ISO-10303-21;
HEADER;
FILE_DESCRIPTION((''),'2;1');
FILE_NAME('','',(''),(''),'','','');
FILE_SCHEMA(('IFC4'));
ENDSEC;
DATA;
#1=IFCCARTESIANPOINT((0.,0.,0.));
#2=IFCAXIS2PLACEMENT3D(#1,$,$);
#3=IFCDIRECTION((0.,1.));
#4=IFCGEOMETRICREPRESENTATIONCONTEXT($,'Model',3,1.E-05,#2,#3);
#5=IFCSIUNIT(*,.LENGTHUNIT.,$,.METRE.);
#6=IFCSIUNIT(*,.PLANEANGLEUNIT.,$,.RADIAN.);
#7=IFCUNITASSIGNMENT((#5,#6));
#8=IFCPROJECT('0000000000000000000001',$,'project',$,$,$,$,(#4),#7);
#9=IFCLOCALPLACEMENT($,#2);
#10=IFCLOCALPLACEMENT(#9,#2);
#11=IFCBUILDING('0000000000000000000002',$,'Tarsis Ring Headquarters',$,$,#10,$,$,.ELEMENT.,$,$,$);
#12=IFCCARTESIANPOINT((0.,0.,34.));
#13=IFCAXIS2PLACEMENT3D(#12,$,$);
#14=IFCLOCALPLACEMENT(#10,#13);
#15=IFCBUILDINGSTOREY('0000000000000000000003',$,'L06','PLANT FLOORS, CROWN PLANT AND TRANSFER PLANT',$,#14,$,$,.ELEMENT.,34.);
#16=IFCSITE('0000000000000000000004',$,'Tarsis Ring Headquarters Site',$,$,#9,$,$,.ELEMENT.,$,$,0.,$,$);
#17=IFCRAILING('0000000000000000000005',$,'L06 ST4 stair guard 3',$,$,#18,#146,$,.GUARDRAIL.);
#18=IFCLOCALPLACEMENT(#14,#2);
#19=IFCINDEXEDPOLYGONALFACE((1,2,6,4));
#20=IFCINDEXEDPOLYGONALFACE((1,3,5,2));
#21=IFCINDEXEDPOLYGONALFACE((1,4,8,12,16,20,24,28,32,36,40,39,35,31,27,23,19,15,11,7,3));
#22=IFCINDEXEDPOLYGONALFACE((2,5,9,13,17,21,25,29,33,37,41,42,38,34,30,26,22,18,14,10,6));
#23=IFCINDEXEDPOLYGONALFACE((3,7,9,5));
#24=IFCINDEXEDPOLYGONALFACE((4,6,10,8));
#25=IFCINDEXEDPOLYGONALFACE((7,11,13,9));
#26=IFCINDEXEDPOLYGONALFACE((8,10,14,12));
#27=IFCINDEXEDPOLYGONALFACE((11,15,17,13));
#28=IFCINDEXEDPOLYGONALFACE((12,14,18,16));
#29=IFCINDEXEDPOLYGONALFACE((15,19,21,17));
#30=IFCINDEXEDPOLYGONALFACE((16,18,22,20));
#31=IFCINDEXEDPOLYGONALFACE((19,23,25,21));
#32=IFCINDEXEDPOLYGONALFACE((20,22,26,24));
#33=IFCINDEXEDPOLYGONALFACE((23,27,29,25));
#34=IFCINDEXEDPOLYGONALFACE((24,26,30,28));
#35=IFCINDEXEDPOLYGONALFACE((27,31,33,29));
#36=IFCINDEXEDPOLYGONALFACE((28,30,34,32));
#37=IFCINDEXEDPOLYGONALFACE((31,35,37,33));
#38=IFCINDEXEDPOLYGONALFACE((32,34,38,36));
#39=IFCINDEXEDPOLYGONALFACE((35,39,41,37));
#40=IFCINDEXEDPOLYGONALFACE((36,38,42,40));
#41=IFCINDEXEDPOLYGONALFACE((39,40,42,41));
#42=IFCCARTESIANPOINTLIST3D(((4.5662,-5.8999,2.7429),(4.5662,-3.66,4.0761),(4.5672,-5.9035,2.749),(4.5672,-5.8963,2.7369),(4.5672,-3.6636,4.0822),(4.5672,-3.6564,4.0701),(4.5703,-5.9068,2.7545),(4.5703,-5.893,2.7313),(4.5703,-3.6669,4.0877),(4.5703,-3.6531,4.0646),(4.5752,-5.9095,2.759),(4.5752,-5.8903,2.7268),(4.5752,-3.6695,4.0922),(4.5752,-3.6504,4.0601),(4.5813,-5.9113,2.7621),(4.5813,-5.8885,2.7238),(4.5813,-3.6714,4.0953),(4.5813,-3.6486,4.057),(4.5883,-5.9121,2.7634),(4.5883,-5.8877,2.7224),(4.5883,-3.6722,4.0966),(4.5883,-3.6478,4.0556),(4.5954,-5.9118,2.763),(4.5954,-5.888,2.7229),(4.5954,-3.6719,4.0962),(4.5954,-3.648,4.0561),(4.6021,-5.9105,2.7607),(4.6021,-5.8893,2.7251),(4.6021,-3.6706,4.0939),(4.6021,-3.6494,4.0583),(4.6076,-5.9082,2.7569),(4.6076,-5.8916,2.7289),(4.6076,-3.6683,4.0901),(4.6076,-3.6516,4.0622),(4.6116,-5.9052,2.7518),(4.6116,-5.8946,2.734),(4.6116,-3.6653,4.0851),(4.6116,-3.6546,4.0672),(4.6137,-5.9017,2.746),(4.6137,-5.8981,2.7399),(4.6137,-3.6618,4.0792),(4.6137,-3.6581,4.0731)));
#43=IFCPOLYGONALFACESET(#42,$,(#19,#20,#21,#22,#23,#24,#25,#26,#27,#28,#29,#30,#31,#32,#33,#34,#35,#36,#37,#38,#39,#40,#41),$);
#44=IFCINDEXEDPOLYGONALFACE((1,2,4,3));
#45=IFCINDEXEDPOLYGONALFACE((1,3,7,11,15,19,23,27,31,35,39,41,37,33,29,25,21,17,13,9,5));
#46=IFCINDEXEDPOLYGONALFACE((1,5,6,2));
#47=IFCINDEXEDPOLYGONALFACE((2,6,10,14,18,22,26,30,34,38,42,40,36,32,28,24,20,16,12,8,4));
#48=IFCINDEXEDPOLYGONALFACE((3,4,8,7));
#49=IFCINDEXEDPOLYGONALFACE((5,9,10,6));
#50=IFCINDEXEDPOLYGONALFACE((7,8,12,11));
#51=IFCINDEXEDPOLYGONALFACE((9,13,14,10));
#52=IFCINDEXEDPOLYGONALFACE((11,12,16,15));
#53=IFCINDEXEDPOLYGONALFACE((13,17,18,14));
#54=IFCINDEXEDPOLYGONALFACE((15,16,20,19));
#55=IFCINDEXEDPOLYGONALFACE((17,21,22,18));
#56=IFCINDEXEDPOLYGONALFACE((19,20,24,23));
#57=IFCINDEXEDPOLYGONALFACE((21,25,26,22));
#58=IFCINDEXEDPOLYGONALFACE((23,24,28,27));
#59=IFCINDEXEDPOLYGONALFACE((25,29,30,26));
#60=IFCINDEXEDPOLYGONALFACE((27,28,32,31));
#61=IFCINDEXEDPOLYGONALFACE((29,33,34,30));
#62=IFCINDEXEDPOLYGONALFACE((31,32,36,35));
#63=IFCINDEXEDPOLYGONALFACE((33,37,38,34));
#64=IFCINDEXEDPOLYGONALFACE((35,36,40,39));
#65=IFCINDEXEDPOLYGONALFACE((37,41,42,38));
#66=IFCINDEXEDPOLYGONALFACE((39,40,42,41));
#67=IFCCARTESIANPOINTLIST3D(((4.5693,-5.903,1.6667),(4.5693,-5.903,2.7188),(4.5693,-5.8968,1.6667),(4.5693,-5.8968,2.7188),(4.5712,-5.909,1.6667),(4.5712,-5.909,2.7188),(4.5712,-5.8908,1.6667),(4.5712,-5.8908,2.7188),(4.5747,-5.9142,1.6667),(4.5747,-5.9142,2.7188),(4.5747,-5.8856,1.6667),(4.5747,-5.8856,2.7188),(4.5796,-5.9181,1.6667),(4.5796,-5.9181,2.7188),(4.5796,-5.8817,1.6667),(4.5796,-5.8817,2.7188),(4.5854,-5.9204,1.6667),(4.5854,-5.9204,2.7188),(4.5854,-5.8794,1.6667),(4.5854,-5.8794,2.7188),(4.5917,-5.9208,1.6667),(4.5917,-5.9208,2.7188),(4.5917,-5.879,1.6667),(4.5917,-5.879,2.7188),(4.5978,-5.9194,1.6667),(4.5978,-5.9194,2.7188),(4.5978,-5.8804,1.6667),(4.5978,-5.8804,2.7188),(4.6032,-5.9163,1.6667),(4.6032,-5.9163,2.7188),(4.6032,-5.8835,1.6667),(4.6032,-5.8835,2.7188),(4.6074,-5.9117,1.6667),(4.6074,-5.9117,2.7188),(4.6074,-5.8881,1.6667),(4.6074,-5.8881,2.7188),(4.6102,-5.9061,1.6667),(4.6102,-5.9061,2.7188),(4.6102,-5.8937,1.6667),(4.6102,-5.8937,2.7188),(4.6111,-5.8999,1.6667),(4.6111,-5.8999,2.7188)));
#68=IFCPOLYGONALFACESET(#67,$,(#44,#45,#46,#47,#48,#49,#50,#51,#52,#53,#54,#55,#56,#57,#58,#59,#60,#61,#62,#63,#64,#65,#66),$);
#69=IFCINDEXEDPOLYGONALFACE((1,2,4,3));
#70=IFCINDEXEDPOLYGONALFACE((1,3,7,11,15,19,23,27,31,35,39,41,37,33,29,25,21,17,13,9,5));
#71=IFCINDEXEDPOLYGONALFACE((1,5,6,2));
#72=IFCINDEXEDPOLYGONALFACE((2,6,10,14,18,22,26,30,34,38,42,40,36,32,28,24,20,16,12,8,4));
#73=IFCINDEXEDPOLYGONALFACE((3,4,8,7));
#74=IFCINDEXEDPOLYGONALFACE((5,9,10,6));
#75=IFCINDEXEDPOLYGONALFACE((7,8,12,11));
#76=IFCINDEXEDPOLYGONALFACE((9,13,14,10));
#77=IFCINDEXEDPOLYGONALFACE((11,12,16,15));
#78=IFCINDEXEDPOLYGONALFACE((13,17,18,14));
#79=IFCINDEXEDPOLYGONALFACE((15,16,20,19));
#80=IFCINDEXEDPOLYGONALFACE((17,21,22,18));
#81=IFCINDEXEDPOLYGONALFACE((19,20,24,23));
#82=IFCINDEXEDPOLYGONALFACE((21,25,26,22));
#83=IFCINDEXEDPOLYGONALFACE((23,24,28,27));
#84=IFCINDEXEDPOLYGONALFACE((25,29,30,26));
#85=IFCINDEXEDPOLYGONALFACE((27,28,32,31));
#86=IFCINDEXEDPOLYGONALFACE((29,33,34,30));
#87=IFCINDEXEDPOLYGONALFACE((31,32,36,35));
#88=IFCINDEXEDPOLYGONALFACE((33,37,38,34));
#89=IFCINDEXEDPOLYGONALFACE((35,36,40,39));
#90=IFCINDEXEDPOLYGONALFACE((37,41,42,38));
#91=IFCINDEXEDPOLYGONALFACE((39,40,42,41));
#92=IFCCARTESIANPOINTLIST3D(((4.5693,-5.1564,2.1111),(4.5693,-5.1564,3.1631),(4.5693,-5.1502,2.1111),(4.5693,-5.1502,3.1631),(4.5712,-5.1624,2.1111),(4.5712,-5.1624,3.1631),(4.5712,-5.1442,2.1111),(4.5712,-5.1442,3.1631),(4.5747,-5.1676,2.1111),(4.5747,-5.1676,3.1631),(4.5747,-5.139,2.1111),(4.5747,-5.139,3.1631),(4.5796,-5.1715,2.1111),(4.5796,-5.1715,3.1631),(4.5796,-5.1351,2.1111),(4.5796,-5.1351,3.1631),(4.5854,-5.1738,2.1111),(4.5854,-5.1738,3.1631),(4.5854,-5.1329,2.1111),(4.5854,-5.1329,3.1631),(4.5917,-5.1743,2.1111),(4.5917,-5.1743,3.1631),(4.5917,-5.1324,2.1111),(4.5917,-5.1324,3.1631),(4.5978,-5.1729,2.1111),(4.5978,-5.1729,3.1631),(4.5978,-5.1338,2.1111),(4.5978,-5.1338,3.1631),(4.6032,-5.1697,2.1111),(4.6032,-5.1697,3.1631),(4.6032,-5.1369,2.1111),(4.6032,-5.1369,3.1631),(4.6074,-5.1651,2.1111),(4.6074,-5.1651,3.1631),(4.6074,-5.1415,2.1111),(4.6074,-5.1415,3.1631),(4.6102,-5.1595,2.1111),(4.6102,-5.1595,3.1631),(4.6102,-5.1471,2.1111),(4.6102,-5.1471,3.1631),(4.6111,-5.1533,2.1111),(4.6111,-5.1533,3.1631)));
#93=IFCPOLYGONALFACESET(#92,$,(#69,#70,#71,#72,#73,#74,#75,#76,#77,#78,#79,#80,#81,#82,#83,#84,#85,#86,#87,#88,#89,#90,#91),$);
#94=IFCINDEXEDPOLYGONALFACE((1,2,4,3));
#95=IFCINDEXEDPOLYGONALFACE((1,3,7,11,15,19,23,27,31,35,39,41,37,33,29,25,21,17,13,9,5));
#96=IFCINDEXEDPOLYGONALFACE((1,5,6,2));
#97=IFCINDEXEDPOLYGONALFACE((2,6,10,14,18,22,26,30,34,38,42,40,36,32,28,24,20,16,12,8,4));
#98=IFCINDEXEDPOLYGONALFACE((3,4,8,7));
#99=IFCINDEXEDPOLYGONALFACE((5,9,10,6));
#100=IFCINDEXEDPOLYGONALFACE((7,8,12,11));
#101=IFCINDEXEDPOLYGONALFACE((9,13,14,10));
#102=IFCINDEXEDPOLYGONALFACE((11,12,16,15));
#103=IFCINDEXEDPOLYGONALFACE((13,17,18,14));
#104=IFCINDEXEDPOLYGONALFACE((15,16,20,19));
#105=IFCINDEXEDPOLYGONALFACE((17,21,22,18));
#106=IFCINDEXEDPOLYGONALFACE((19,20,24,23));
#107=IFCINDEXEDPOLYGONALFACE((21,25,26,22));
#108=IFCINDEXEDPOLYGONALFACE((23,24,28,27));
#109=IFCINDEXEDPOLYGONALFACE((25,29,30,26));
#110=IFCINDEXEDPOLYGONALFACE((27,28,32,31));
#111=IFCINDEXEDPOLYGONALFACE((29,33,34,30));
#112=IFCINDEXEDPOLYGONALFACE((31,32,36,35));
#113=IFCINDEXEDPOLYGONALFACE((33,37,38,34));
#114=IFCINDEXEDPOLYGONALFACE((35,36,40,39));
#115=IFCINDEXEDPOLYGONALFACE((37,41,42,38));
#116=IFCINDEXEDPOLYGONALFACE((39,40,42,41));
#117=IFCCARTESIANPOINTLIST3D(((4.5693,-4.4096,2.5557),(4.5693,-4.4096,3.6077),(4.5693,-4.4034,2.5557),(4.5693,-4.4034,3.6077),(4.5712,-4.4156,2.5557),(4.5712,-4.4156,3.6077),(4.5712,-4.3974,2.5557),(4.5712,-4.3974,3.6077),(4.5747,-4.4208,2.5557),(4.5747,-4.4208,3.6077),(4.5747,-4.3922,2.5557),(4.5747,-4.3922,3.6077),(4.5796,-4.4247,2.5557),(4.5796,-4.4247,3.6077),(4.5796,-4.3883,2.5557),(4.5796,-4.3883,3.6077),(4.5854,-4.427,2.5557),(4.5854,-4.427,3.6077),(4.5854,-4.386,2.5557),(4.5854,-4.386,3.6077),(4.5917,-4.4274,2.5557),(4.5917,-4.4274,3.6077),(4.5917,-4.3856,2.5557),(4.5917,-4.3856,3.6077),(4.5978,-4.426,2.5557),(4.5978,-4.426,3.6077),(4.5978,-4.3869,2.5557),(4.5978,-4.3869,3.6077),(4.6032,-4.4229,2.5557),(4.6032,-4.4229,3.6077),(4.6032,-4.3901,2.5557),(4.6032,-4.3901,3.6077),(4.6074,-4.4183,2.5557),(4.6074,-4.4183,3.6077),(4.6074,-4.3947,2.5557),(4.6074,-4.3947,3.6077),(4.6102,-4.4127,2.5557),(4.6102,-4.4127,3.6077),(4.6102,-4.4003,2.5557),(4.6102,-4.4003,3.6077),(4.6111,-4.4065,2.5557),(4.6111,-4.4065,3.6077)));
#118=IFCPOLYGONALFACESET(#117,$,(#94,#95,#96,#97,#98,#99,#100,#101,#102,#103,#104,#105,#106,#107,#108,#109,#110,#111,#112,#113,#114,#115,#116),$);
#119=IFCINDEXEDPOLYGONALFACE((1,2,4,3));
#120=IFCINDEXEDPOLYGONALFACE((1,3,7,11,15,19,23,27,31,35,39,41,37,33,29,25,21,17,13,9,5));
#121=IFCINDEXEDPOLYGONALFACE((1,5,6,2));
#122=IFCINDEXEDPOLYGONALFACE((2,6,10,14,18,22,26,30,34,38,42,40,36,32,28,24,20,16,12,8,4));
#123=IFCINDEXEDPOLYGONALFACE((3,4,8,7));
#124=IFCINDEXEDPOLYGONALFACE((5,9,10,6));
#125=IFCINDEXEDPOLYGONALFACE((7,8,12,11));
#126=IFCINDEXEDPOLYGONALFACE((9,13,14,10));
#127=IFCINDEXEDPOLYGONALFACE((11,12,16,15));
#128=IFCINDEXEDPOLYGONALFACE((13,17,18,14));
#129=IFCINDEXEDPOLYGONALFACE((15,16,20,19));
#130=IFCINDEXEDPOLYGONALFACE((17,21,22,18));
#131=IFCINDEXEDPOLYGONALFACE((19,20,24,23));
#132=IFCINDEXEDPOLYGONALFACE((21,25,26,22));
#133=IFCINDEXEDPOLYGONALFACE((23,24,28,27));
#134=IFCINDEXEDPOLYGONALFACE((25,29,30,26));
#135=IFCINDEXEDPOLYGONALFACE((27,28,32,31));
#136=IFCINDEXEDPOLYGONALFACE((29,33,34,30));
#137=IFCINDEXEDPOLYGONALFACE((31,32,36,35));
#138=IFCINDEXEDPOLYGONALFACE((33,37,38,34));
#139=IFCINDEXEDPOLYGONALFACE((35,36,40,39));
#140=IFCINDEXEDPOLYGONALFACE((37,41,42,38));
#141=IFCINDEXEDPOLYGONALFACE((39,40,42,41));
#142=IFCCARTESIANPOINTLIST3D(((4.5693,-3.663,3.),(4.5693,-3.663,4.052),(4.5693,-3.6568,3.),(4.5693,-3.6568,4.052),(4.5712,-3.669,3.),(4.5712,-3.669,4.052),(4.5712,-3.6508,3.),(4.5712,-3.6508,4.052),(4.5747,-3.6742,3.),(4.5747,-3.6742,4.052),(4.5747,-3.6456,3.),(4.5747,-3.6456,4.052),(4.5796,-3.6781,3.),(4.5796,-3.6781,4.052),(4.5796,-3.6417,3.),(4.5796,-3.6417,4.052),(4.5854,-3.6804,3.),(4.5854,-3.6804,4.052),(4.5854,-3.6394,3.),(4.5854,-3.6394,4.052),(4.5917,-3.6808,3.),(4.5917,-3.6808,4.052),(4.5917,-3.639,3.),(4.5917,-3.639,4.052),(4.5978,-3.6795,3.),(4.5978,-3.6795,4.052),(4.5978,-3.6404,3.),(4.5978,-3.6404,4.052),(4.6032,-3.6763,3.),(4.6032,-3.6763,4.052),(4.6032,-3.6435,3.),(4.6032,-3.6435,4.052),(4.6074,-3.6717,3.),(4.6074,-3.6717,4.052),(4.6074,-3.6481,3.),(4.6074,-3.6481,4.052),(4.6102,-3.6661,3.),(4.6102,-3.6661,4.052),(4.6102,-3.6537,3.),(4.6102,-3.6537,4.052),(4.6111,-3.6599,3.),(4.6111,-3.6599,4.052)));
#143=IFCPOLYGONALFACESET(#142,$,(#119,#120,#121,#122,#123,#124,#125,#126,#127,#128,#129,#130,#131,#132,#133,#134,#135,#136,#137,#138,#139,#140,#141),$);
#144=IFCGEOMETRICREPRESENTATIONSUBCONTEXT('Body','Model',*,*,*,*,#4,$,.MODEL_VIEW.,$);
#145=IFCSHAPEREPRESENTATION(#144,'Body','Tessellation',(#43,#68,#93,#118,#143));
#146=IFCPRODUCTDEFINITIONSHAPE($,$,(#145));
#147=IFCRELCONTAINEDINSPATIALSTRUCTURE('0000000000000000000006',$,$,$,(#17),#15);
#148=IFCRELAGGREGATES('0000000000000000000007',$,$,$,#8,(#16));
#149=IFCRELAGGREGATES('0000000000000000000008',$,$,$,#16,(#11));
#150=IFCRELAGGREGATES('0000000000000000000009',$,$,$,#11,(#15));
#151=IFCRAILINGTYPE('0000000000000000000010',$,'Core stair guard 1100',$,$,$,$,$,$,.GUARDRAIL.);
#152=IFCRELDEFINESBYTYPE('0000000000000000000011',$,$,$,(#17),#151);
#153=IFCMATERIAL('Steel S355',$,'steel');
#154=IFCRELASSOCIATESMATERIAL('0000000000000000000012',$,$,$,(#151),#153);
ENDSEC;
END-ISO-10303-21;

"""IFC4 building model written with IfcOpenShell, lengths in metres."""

from ifc_helpers import new_model, si_unit, direction, frame, origin, origin_2d, place, context, subcontext, project, spatial, circle, extrude, material, type_object, element, save


model = new_model("IFC4")

# Units and contexts
model_context = context("Model", 3, precision=1e-05, world=origin(), true_north=direction((0.0, 1.0)))
body_context = subcontext(model_context, "Body", "Model", "MODEL_VIEW")
ifc_project = project(units=[si_unit("LENGTHUNIT", "METRE"), si_unit("PLANEANGLEUNIT", "RADIAN")], contexts=[model_context])

# Site, building, storey
site_placement = place(None, origin())
site = spatial("IfcSite", under=ifc_project, at=site_placement, Name="Tarsis Ring Headquarters Site", CompositionType="ELEMENT", RefElevation=0.0)
building_placement = place(site_placement, origin())
building = spatial("IfcBuilding", under=site, at=building_placement, Name="Tarsis Ring Headquarters", CompositionType="ELEMENT")
storey_placement = place(building_placement, frame((0.0, 0.0, 34.0)))
storey = spatial("IfcBuildingStorey", under=building, at=storey_placement, Name="L06", Description="PLANT FLOORS, CROWN PLANT AND TRANSFER PLANT", CompositionType="ELEMENT", Elevation=34.0)

# Railing
ifc_material_1 = material(Name="Steel S355", Category="steel")
railing_type_1 = type_object("IfcRailingType", Name="Core stair guard 1100", PredefinedType="GUARDRAIL", material=ifc_material_1)
railing_1_placement = place(storey_placement, frame((4.5901, -5.8999, 1.6667)))
element("IfcRailing", 1, at=railing_1_placement, inside=storey, type_object=railing_type_1, Name="L06 ST4 stair guard 3", PredefinedType="GUARDRAIL", context=body_context, shape_type="SweptSolid", body=[
    extrude(circle(Radius=0.0239, at=origin_2d()), frame((0.0, 0.0, 1.0762), z_axis=(0.0, 0.859306, 0.511462), x_axis=(-1.0, 0.0, 0.0)), (0.0, 0.0, 1.0), 2.6067),
    extrude(circle(Radius=0.021, at=origin_2d()), origin(), (0.0, 0.0, 1.0), 1.052),
    extrude(circle(Radius=0.021, at=origin_2d()), frame((0.0, 0.7466, 0.4443)), (0.0, 0.0, 1.0), 1.052),
    extrude(circle(Radius=0.021, at=origin_2d()), frame((0.0, 1.4934, 0.8889)), (0.0, 0.0, 1.0), 1.052),
    extrude(circle(Radius=0.021, at=origin_2d()), frame((0.0, 2.24, 1.3333)), (0.0, 0.0, 1.0), 1.052),
])

save(model, "model.ifc")
